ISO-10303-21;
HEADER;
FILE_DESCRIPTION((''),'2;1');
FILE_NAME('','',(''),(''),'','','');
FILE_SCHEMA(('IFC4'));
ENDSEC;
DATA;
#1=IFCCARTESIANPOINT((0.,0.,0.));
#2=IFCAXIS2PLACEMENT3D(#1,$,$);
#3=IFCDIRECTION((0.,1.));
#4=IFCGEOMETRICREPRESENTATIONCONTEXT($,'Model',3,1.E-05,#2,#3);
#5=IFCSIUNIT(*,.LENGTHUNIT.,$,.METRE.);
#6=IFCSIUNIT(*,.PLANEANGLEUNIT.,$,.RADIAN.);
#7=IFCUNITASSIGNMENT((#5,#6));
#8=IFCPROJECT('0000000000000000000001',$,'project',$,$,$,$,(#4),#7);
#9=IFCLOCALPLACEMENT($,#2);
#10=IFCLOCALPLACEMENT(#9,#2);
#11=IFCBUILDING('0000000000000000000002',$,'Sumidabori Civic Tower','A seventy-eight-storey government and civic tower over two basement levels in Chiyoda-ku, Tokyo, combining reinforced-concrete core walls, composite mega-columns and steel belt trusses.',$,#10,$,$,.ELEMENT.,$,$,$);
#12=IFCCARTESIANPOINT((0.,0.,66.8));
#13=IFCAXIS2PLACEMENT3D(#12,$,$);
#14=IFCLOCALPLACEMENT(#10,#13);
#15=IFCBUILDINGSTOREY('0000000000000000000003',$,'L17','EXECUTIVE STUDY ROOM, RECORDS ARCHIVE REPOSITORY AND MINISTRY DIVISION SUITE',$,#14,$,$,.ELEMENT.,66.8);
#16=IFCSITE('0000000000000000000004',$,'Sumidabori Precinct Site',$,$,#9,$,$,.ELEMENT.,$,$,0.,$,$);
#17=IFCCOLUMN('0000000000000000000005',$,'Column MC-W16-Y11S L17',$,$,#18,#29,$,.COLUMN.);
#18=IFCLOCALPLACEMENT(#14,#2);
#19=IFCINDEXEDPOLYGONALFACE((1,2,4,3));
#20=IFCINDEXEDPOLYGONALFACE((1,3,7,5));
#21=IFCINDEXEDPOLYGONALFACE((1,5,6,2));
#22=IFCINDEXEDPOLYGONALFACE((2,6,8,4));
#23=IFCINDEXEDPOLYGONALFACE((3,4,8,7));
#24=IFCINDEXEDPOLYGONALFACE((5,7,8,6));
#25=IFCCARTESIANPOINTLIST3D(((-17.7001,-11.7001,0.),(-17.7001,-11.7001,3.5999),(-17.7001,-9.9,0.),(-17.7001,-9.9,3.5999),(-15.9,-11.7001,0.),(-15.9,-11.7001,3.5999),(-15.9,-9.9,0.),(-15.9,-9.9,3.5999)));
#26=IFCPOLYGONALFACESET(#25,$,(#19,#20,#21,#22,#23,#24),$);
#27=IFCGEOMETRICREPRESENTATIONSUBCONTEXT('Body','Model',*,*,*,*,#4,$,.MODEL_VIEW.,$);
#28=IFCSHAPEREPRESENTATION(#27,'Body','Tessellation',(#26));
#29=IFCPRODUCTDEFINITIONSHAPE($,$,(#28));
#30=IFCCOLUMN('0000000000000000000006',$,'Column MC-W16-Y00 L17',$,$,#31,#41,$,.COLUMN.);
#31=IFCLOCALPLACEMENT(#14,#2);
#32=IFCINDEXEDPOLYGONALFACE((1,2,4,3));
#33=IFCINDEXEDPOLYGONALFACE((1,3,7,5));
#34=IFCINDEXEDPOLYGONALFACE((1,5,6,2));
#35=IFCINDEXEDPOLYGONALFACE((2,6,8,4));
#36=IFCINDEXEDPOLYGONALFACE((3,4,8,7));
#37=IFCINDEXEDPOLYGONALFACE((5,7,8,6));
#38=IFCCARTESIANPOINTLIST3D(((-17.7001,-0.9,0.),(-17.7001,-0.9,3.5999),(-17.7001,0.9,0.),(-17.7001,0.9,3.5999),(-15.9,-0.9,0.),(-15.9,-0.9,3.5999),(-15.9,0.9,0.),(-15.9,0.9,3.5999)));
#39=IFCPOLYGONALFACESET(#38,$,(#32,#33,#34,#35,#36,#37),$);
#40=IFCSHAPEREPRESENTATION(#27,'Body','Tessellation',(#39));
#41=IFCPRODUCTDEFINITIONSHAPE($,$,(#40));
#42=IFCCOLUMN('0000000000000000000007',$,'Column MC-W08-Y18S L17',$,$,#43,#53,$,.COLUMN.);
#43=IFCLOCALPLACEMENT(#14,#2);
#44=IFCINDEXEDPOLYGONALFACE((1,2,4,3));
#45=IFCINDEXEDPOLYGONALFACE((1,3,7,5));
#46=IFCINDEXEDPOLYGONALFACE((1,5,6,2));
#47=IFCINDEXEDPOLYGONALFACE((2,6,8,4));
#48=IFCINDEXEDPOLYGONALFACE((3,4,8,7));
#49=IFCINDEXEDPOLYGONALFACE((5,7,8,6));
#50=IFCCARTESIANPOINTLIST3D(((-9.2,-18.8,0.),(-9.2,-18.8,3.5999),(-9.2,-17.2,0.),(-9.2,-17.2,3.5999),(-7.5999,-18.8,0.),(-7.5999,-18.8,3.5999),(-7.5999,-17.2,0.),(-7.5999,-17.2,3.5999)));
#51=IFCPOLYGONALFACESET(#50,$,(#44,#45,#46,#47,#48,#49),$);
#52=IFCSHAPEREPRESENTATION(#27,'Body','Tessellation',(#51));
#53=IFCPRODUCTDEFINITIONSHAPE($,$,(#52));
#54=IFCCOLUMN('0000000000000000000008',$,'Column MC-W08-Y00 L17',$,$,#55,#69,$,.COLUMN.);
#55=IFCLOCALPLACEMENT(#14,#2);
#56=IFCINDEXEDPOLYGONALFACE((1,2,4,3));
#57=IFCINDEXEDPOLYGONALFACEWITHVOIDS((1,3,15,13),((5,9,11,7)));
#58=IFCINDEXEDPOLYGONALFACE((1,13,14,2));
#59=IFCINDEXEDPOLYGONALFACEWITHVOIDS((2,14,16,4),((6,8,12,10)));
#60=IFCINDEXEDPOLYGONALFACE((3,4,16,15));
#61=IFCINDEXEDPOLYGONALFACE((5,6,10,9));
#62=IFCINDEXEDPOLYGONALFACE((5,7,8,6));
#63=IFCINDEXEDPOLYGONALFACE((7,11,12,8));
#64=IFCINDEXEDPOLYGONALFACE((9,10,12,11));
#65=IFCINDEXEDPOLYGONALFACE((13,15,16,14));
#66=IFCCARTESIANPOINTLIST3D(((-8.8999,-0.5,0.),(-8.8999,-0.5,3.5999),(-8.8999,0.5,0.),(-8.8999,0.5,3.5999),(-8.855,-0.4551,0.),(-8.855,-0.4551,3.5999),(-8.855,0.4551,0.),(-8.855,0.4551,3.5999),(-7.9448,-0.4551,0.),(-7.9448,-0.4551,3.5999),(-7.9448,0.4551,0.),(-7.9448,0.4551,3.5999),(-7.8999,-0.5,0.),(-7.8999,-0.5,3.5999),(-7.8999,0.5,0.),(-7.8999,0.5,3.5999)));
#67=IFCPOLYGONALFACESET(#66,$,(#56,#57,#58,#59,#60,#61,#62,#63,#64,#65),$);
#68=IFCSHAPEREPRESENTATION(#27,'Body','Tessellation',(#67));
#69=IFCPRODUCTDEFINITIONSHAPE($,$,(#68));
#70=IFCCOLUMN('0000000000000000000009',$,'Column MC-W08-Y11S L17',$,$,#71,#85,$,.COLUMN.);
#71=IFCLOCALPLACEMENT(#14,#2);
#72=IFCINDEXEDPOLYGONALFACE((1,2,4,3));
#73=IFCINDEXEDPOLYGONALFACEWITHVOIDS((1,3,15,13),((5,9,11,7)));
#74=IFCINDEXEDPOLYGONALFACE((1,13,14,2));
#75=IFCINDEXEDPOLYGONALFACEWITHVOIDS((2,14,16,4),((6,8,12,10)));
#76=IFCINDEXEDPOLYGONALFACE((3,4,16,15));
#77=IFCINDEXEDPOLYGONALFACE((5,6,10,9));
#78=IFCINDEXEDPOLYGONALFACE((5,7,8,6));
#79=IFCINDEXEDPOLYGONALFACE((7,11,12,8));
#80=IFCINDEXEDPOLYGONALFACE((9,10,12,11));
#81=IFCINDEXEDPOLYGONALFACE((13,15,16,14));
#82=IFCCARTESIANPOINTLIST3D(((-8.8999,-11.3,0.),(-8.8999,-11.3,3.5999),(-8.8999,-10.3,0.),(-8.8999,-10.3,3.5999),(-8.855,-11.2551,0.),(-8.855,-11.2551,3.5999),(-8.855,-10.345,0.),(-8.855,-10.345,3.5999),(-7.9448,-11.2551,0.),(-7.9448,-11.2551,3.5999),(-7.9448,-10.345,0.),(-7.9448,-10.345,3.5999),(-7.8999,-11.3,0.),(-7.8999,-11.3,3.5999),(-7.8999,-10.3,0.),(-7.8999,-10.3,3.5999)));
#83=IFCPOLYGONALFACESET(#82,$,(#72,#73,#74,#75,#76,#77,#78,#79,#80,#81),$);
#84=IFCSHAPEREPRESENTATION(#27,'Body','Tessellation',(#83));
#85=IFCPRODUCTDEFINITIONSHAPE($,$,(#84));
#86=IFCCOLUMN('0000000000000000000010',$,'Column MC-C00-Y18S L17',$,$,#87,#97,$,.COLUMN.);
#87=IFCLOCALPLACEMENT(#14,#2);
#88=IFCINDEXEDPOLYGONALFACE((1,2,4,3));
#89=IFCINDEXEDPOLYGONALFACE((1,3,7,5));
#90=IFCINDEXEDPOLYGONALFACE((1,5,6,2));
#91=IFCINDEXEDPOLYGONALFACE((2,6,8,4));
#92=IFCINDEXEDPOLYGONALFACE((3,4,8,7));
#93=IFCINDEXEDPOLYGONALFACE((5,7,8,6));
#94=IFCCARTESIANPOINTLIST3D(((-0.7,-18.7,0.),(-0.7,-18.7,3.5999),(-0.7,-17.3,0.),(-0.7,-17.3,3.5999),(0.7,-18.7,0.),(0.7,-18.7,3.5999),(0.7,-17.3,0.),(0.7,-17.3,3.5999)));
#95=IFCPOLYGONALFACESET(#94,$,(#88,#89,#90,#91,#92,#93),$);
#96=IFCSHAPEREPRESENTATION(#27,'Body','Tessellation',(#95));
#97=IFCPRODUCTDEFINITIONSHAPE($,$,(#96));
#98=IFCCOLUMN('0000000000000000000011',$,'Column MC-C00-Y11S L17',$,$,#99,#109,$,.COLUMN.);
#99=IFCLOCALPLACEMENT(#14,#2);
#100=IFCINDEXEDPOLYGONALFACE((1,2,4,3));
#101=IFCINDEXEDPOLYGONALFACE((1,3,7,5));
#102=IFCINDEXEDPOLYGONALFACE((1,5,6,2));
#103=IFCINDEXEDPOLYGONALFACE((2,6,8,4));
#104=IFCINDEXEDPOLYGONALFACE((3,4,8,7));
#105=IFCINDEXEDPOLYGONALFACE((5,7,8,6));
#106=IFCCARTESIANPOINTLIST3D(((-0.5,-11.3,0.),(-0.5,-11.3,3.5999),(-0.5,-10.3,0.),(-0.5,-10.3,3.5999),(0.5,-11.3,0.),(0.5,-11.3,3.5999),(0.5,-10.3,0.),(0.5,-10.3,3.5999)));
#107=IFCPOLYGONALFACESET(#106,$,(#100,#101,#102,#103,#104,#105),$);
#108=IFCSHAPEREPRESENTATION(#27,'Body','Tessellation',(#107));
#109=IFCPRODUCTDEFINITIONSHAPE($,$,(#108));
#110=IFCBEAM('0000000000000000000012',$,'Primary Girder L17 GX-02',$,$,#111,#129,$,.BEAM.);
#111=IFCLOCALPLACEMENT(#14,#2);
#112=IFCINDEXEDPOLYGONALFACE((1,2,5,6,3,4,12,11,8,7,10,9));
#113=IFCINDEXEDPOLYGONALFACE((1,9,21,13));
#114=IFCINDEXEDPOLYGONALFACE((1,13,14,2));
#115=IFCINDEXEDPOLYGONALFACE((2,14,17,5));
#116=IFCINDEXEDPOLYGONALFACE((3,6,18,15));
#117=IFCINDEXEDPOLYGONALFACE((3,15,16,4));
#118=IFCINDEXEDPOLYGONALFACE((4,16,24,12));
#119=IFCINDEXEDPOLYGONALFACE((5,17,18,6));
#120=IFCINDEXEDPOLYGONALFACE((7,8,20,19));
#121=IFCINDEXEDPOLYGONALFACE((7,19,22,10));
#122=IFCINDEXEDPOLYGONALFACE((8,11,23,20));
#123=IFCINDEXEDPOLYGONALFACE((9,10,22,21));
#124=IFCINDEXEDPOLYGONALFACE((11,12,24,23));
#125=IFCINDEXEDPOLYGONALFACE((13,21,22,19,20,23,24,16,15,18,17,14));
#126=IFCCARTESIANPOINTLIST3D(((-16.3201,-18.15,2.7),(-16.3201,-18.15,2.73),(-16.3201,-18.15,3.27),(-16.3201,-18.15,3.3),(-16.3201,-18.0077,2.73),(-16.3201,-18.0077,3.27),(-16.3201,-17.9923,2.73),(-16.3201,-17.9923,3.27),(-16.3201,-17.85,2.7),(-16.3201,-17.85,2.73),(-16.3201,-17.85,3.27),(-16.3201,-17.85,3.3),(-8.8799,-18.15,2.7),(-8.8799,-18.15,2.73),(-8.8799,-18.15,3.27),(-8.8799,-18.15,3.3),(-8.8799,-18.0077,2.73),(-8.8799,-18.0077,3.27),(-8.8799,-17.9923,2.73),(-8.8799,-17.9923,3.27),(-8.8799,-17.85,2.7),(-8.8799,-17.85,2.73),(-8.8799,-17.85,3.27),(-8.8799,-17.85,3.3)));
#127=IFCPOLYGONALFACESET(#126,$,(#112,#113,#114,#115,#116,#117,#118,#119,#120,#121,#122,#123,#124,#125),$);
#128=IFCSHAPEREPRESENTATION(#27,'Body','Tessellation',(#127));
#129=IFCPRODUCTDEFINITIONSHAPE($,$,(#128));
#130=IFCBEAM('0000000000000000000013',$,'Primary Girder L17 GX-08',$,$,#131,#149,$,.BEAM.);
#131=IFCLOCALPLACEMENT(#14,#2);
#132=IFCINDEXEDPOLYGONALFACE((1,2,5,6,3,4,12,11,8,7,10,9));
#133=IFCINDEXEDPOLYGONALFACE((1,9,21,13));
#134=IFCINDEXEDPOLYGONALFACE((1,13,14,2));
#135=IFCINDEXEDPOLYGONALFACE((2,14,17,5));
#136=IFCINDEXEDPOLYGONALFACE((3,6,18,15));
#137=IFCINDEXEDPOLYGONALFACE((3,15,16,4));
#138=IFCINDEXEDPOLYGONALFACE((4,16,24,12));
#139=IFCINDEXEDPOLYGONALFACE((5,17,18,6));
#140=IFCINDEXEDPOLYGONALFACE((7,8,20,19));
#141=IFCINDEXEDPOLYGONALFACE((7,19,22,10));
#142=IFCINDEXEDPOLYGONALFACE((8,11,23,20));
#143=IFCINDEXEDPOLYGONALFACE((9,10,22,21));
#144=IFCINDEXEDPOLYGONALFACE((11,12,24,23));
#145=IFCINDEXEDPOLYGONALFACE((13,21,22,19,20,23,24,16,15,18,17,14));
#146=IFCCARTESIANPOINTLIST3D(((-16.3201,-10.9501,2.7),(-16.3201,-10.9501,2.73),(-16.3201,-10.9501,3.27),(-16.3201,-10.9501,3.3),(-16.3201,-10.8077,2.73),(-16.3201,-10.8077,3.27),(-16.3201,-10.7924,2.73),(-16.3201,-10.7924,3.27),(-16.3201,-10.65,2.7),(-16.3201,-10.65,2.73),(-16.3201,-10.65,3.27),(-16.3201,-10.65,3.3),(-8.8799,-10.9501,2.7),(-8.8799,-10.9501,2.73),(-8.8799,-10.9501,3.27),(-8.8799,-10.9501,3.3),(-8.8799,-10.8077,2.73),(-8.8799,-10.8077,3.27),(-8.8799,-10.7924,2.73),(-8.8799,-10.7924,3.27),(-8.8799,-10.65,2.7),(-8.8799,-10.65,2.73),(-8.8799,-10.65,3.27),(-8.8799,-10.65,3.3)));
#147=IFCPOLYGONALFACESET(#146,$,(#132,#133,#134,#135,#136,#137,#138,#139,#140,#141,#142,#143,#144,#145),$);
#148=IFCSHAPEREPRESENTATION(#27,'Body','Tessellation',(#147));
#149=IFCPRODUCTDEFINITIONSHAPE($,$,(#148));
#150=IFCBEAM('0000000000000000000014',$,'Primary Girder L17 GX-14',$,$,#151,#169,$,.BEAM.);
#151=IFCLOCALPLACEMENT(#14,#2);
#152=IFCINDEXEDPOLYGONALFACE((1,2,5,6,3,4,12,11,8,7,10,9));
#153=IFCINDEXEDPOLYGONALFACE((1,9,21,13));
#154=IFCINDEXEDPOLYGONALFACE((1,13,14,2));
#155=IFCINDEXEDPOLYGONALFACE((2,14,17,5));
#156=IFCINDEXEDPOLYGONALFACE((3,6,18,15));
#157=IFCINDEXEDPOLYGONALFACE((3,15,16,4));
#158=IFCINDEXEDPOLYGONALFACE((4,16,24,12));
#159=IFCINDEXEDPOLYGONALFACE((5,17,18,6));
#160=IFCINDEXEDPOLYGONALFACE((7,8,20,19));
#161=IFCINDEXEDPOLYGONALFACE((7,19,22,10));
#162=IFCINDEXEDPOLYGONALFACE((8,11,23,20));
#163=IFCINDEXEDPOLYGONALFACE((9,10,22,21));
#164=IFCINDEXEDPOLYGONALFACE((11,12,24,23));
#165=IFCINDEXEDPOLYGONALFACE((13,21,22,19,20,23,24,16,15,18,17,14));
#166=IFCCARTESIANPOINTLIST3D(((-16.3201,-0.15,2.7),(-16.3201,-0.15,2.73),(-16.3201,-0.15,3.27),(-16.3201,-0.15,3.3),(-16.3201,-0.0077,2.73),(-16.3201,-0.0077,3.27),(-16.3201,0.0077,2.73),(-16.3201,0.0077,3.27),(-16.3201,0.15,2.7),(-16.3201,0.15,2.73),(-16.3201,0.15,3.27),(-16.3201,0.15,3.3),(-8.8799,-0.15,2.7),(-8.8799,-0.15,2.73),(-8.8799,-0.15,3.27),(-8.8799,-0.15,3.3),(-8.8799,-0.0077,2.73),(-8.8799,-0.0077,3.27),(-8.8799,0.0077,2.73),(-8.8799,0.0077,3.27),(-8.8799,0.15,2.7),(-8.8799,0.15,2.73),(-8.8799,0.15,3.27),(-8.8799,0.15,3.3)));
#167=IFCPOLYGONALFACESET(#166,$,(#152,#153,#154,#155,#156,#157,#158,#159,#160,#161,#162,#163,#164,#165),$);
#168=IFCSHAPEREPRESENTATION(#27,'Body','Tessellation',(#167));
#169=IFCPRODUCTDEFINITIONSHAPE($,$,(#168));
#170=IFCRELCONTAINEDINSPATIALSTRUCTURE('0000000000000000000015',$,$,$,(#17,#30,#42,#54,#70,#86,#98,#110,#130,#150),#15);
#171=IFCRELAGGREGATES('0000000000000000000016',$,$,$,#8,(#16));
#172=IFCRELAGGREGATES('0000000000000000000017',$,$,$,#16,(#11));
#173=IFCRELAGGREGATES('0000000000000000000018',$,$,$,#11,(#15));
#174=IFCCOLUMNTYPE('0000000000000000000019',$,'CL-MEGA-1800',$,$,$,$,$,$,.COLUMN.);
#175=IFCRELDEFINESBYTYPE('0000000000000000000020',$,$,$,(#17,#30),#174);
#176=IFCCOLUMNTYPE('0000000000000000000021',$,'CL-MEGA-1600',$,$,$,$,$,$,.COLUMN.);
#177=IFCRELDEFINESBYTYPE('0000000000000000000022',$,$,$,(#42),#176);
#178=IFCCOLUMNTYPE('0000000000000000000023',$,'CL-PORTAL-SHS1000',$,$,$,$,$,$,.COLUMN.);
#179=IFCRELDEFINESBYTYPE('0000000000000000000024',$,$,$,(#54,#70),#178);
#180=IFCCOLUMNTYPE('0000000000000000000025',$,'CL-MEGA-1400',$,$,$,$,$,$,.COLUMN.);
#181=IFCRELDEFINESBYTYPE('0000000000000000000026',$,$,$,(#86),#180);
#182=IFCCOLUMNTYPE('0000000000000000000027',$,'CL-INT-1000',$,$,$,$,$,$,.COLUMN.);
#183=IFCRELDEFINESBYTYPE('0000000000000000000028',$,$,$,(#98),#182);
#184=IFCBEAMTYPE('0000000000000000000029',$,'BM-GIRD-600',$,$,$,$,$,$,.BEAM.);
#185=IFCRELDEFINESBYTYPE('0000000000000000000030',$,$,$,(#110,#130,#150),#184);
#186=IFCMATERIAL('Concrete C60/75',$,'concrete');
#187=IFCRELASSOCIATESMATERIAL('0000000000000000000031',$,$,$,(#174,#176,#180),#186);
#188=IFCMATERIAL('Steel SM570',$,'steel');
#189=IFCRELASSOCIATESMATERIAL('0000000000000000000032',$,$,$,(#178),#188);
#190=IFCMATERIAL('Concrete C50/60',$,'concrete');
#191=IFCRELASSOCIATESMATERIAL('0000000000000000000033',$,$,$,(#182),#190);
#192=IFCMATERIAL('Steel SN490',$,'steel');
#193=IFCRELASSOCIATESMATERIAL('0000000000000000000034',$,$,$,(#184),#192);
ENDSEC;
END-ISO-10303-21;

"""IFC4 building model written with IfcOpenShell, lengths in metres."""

from ifc_helpers import new_model, si_unit, direction, frame, origin, origin_2d, place, context, subcontext, project, spatial, rectangle, hollow_rectangle, i_section, extrude, source, transform, mapped, material, material_profile, profile_set, type_object, element, save


model = new_model("IFC4")

# Units and contexts
model_context = context("Model", 3, precision=1e-05, world=origin(), true_north=direction((0.0, 1.0)))
body_context = subcontext(model_context, "Body", "Model", "MODEL_VIEW")
ifc_project = project(units=[si_unit("LENGTHUNIT", "METRE"), si_unit("PLANEANGLEUNIT", "RADIAN")], contexts=[model_context])

# Site, building, storey
site_placement = place(None, origin())
site = spatial("IfcSite", under=ifc_project, at=site_placement, Name="Sumidabori Precinct Site", CompositionType="ELEMENT", RefElevation=0.0)
building_placement = place(site_placement, origin())
building = spatial("IfcBuilding", under=site, at=building_placement, Name="Sumidabori Civic Tower", Description="A seventy-eight-storey government and civic tower over two basement levels in Chiyoda-ku, Tokyo, combining reinforced-concrete core walls, composite mega-columns and steel belt trusses.", CompositionType="ELEMENT")
storey_placement = place(building_placement, frame((0.0, 0.0, 66.8)))
storey = spatial("IfcBuildingStorey", under=building, at=storey_placement, Name="L17", Description="EXECUTIVE STUDY ROOM, RECORDS ARCHIVE REPOSITORY AND MINISTRY DIVISION SUITE", CompositionType="ELEMENT", Elevation=66.8)

# Columns
ifc_material_1 = material(Name="Concrete C60/75", Category="concrete")
ifc_material_profile_1 = material_profile(ifc_material_1, rectangle(XDim=1.8, YDim=1.8, at=origin_2d()), Name="RC 1800x1800")
ifc_profile_set_1 = profile_set([ifc_material_profile_1], Name="Concrete C60/75")
column_type_1 = type_object("IfcColumnType", Name="CL-MEGA-1800", PredefinedType="COLUMN", material=ifc_profile_set_1)
shared_shape_1 = source(origin(), body_context, "Body", "SweptSolid", [
    extrude(rectangle(XDim=1.8, YDim=1.8, at=origin_2d()), origin(), (0.0, 0.0, 1.0), 3.5999),
])
for number, where, z_axis, x_axis, name in (
    (1, (-16.8, -10.8, 0.0), (0.0, 0.0, 1.0), (1.0, 0.0, 0.0), "Column MC-W16-Y11S L17"),
    (2, (-16.8, 0.0, 0.0), (0.0, 0.0, 1.0), (1.0, 0.0, 0.0), "Column MC-W16-Y00 L17"),
):
    element("IfcColumn", number, at=place(storey_placement, frame(where, z_axis=z_axis, x_axis=x_axis)), inside=storey, type_object=column_type_1, Name=name, PredefinedType="COLUMN", context=body_context, shape_type="MappedRepresentation", body=[
        mapped(shared_shape_1, transform((0.0, 0.0, 0.0), x_axis=(1.0, 0.0, 0.0), y_axis=(0.0, 1.0, 0.0), z_axis=(0.0, 0.0, 1.0), scale=1.0)),
    ])
ifc_material_profile_2 = material_profile(ifc_material_1, rectangle(XDim=1.6001, YDim=1.6001, at=origin_2d()), Name="RC 1600x1600")
ifc_profile_set_2 = profile_set([ifc_material_profile_2], Name="Concrete C60/75")
column_type_2 = type_object("IfcColumnType", Name="CL-MEGA-1600", PredefinedType="COLUMN", material=ifc_profile_set_2)
shared_shape_2 = source(origin(), body_context, "Body", "SweptSolid", [
    extrude(rectangle(XDim=1.6001, YDim=1.6001, at=origin_2d()), origin(), (0.0, 0.0, 1.0), 3.5999),
])
column_1_placement = place(storey_placement, frame((-8.3999, -18.0, 0.0), z_axis=(0.0, 0.0, 1.0), x_axis=(1.0, 0.0, 0.0)))
element("IfcColumn", 3, at=column_1_placement, inside=storey, type_object=column_type_2, Name="Column MC-W08-Y18S L17", PredefinedType="COLUMN", context=body_context, shape_type="MappedRepresentation", body=[
    mapped(shared_shape_2, transform((0.0, 0.0, 0.0), x_axis=(1.0, 0.0, 0.0), y_axis=(0.0, 1.0, 0.0), z_axis=(0.0, 0.0, 1.0), scale=1.0)),
])
ifc_material_2 = material(Name="Steel SM570", Category="steel")
ifc_material_profile_3 = material_profile(ifc_material_2, hollow_rectangle(XDim=1.0, YDim=1.0, WallThickness=0.0449, at=origin_2d()), Name="SHS 1000x1000x45")
ifc_profile_set_3 = profile_set([ifc_material_profile_3], Name="Steel SM570")
column_type_3 = type_object("IfcColumnType", Name="CL-PORTAL-SHS1000", PredefinedType="COLUMN", material=ifc_profile_set_3)
shared_shape_3 = source(origin(), body_context, "Body", "SweptSolid", [
    extrude(hollow_rectangle(XDim=1.0, YDim=1.0, WallThickness=0.0449, at=origin_2d()), origin(), (0.0, 0.0, 1.0), 3.5999),
])
for number, where, z_axis, x_axis, name in (
    (4, (-8.3999, 0.0, 0.0), (0.0, 0.0, 1.0), (1.0, 0.0, 0.0), "Column MC-W08-Y00 L17"),
    (5, (-8.3999, -10.8, 0.0), (0.0, 0.0, 1.0), (1.0, 0.0, 0.0), "Column MC-W08-Y11S L17"),
):
    element("IfcColumn", number, at=place(storey_placement, frame(where, z_axis=z_axis, x_axis=x_axis)), inside=storey, type_object=column_type_3, Name=name, PredefinedType="COLUMN", context=body_context, shape_type="MappedRepresentation", body=[
        mapped(shared_shape_3, transform((0.0, 0.0, 0.0), x_axis=(1.0, 0.0, 0.0), y_axis=(0.0, 1.0, 0.0), z_axis=(0.0, 0.0, 1.0), scale=1.0)),
    ])
ifc_material_profile_4 = material_profile(ifc_material_1, rectangle(XDim=1.3999, YDim=1.3999, at=origin_2d()), Name="RC 1400x1400")
ifc_profile_set_4 = profile_set([ifc_material_profile_4], Name="Concrete C60/75")
column_type_4 = type_object("IfcColumnType", Name="CL-MEGA-1400", PredefinedType="COLUMN", material=ifc_profile_set_4)
shared_shape_4 = source(origin(), body_context, "Body", "SweptSolid", [
    extrude(rectangle(XDim=1.3999, YDim=1.3999, at=origin_2d()), origin(), (0.0, 0.0, 1.0), 3.5999),
])
column_2_placement = place(storey_placement, frame((0.0, -18.0, 0.0), z_axis=(0.0, 0.0, 1.0), x_axis=(1.0, 0.0, 0.0)))
element("IfcColumn", 6, at=column_2_placement, inside=storey, type_object=column_type_4, Name="Column MC-C00-Y18S L17", PredefinedType="COLUMN", context=body_context, shape_type="MappedRepresentation", body=[
    mapped(shared_shape_4, transform((0.0, 0.0, 0.0), x_axis=(1.0, 0.0, 0.0), y_axis=(0.0, 1.0, 0.0), z_axis=(0.0, 0.0, 1.0), scale=1.0)),
])
ifc_material_3 = material(Name="Concrete C50/60", Category="concrete")
ifc_material_profile_5 = material_profile(ifc_material_3, rectangle(XDim=1.0, YDim=1.0, at=origin_2d()), Name="RC 1000x1000")
ifc_profile_set_5 = profile_set([ifc_material_profile_5], Name="Concrete C50/60")
column_type_5 = type_object("IfcColumnType", Name="CL-INT-1000", PredefinedType="COLUMN", material=ifc_profile_set_5)
shared_shape_5 = source(origin(), body_context, "Body", "SweptSolid", [
    extrude(rectangle(XDim=1.0, YDim=1.0, at=origin_2d()), origin(), (0.0, 0.0, 1.0), 3.5999),
])
column_3_placement = place(storey_placement, frame((0.0, -10.8, 0.0), z_axis=(0.0, 0.0, 1.0), x_axis=(1.0, 0.0, 0.0)))
element("IfcColumn", 7, at=column_3_placement, inside=storey, type_object=column_type_5, Name="Column MC-C00-Y11S L17", PredefinedType="COLUMN", context=body_context, shape_type="MappedRepresentation", body=[
    mapped(shared_shape_5, transform((0.0, 0.0, 0.0), x_axis=(1.0, 0.0, 0.0), y_axis=(0.0, 1.0, 0.0), z_axis=(0.0, 0.0, 1.0), scale=1.0)),
])

# Beams
ifc_material_4 = material(Name="Steel SN490", Category="steel")
ifc_material_profile_6 = material_profile(ifc_material_4, i_section(OverallWidth=0.3, OverallDepth=0.6001, WebThickness=0.0154, FlangeThickness=0.03, at=origin_2d()), Name="HE 600 B")
ifc_profile_set_6 = profile_set([ifc_material_profile_6], Name="Steel SN490")
beam_type_1 = type_object("IfcBeamType", Name="BM-GIRD-600", PredefinedType="BEAM", material=ifc_profile_set_6)
shared_shape_6 = source(origin(), body_context, "Body", "SweptSolid", [
    extrude(i_section(OverallWidth=0.3, OverallDepth=0.6001, WebThickness=0.0154, FlangeThickness=0.03, at=origin_2d()), origin(), (0.0, 0.0, 1.0), 7.4402),
])
for number, where, z_axis, x_axis, name in (
    (8, (-16.3201, -18.0, 3.0), (1.0, 0.0, 0.0), (0.0, 1.0, 0.0), "Primary Girder L17 GX-02"),
    (9, (-16.3201, -10.8, 3.0), (1.0, 0.0, 0.0), (0.0, 1.0, 0.0), "Primary Girder L17 GX-08"),
    (10, (-16.3201, 0.0, 3.0), (1.0, 0.0, 0.0), (0.0, 1.0, 0.0), "Primary Girder L17 GX-14"),
):
    element("IfcBeam", number, at=place(storey_placement, frame(where, z_axis=z_axis, x_axis=x_axis)), inside=storey, type_object=beam_type_1, Name=name, PredefinedType="BEAM", context=body_context, shape_type="MappedRepresentation", body=[
        mapped(shared_shape_6, transform((0.0, 0.0, 0.0), x_axis=(1.0, 0.0, 0.0), y_axis=(0.0, 1.0, 0.0), z_axis=(0.0, 0.0, 1.0), scale=1.0)),
    ])

save(model, "model.ifc")
